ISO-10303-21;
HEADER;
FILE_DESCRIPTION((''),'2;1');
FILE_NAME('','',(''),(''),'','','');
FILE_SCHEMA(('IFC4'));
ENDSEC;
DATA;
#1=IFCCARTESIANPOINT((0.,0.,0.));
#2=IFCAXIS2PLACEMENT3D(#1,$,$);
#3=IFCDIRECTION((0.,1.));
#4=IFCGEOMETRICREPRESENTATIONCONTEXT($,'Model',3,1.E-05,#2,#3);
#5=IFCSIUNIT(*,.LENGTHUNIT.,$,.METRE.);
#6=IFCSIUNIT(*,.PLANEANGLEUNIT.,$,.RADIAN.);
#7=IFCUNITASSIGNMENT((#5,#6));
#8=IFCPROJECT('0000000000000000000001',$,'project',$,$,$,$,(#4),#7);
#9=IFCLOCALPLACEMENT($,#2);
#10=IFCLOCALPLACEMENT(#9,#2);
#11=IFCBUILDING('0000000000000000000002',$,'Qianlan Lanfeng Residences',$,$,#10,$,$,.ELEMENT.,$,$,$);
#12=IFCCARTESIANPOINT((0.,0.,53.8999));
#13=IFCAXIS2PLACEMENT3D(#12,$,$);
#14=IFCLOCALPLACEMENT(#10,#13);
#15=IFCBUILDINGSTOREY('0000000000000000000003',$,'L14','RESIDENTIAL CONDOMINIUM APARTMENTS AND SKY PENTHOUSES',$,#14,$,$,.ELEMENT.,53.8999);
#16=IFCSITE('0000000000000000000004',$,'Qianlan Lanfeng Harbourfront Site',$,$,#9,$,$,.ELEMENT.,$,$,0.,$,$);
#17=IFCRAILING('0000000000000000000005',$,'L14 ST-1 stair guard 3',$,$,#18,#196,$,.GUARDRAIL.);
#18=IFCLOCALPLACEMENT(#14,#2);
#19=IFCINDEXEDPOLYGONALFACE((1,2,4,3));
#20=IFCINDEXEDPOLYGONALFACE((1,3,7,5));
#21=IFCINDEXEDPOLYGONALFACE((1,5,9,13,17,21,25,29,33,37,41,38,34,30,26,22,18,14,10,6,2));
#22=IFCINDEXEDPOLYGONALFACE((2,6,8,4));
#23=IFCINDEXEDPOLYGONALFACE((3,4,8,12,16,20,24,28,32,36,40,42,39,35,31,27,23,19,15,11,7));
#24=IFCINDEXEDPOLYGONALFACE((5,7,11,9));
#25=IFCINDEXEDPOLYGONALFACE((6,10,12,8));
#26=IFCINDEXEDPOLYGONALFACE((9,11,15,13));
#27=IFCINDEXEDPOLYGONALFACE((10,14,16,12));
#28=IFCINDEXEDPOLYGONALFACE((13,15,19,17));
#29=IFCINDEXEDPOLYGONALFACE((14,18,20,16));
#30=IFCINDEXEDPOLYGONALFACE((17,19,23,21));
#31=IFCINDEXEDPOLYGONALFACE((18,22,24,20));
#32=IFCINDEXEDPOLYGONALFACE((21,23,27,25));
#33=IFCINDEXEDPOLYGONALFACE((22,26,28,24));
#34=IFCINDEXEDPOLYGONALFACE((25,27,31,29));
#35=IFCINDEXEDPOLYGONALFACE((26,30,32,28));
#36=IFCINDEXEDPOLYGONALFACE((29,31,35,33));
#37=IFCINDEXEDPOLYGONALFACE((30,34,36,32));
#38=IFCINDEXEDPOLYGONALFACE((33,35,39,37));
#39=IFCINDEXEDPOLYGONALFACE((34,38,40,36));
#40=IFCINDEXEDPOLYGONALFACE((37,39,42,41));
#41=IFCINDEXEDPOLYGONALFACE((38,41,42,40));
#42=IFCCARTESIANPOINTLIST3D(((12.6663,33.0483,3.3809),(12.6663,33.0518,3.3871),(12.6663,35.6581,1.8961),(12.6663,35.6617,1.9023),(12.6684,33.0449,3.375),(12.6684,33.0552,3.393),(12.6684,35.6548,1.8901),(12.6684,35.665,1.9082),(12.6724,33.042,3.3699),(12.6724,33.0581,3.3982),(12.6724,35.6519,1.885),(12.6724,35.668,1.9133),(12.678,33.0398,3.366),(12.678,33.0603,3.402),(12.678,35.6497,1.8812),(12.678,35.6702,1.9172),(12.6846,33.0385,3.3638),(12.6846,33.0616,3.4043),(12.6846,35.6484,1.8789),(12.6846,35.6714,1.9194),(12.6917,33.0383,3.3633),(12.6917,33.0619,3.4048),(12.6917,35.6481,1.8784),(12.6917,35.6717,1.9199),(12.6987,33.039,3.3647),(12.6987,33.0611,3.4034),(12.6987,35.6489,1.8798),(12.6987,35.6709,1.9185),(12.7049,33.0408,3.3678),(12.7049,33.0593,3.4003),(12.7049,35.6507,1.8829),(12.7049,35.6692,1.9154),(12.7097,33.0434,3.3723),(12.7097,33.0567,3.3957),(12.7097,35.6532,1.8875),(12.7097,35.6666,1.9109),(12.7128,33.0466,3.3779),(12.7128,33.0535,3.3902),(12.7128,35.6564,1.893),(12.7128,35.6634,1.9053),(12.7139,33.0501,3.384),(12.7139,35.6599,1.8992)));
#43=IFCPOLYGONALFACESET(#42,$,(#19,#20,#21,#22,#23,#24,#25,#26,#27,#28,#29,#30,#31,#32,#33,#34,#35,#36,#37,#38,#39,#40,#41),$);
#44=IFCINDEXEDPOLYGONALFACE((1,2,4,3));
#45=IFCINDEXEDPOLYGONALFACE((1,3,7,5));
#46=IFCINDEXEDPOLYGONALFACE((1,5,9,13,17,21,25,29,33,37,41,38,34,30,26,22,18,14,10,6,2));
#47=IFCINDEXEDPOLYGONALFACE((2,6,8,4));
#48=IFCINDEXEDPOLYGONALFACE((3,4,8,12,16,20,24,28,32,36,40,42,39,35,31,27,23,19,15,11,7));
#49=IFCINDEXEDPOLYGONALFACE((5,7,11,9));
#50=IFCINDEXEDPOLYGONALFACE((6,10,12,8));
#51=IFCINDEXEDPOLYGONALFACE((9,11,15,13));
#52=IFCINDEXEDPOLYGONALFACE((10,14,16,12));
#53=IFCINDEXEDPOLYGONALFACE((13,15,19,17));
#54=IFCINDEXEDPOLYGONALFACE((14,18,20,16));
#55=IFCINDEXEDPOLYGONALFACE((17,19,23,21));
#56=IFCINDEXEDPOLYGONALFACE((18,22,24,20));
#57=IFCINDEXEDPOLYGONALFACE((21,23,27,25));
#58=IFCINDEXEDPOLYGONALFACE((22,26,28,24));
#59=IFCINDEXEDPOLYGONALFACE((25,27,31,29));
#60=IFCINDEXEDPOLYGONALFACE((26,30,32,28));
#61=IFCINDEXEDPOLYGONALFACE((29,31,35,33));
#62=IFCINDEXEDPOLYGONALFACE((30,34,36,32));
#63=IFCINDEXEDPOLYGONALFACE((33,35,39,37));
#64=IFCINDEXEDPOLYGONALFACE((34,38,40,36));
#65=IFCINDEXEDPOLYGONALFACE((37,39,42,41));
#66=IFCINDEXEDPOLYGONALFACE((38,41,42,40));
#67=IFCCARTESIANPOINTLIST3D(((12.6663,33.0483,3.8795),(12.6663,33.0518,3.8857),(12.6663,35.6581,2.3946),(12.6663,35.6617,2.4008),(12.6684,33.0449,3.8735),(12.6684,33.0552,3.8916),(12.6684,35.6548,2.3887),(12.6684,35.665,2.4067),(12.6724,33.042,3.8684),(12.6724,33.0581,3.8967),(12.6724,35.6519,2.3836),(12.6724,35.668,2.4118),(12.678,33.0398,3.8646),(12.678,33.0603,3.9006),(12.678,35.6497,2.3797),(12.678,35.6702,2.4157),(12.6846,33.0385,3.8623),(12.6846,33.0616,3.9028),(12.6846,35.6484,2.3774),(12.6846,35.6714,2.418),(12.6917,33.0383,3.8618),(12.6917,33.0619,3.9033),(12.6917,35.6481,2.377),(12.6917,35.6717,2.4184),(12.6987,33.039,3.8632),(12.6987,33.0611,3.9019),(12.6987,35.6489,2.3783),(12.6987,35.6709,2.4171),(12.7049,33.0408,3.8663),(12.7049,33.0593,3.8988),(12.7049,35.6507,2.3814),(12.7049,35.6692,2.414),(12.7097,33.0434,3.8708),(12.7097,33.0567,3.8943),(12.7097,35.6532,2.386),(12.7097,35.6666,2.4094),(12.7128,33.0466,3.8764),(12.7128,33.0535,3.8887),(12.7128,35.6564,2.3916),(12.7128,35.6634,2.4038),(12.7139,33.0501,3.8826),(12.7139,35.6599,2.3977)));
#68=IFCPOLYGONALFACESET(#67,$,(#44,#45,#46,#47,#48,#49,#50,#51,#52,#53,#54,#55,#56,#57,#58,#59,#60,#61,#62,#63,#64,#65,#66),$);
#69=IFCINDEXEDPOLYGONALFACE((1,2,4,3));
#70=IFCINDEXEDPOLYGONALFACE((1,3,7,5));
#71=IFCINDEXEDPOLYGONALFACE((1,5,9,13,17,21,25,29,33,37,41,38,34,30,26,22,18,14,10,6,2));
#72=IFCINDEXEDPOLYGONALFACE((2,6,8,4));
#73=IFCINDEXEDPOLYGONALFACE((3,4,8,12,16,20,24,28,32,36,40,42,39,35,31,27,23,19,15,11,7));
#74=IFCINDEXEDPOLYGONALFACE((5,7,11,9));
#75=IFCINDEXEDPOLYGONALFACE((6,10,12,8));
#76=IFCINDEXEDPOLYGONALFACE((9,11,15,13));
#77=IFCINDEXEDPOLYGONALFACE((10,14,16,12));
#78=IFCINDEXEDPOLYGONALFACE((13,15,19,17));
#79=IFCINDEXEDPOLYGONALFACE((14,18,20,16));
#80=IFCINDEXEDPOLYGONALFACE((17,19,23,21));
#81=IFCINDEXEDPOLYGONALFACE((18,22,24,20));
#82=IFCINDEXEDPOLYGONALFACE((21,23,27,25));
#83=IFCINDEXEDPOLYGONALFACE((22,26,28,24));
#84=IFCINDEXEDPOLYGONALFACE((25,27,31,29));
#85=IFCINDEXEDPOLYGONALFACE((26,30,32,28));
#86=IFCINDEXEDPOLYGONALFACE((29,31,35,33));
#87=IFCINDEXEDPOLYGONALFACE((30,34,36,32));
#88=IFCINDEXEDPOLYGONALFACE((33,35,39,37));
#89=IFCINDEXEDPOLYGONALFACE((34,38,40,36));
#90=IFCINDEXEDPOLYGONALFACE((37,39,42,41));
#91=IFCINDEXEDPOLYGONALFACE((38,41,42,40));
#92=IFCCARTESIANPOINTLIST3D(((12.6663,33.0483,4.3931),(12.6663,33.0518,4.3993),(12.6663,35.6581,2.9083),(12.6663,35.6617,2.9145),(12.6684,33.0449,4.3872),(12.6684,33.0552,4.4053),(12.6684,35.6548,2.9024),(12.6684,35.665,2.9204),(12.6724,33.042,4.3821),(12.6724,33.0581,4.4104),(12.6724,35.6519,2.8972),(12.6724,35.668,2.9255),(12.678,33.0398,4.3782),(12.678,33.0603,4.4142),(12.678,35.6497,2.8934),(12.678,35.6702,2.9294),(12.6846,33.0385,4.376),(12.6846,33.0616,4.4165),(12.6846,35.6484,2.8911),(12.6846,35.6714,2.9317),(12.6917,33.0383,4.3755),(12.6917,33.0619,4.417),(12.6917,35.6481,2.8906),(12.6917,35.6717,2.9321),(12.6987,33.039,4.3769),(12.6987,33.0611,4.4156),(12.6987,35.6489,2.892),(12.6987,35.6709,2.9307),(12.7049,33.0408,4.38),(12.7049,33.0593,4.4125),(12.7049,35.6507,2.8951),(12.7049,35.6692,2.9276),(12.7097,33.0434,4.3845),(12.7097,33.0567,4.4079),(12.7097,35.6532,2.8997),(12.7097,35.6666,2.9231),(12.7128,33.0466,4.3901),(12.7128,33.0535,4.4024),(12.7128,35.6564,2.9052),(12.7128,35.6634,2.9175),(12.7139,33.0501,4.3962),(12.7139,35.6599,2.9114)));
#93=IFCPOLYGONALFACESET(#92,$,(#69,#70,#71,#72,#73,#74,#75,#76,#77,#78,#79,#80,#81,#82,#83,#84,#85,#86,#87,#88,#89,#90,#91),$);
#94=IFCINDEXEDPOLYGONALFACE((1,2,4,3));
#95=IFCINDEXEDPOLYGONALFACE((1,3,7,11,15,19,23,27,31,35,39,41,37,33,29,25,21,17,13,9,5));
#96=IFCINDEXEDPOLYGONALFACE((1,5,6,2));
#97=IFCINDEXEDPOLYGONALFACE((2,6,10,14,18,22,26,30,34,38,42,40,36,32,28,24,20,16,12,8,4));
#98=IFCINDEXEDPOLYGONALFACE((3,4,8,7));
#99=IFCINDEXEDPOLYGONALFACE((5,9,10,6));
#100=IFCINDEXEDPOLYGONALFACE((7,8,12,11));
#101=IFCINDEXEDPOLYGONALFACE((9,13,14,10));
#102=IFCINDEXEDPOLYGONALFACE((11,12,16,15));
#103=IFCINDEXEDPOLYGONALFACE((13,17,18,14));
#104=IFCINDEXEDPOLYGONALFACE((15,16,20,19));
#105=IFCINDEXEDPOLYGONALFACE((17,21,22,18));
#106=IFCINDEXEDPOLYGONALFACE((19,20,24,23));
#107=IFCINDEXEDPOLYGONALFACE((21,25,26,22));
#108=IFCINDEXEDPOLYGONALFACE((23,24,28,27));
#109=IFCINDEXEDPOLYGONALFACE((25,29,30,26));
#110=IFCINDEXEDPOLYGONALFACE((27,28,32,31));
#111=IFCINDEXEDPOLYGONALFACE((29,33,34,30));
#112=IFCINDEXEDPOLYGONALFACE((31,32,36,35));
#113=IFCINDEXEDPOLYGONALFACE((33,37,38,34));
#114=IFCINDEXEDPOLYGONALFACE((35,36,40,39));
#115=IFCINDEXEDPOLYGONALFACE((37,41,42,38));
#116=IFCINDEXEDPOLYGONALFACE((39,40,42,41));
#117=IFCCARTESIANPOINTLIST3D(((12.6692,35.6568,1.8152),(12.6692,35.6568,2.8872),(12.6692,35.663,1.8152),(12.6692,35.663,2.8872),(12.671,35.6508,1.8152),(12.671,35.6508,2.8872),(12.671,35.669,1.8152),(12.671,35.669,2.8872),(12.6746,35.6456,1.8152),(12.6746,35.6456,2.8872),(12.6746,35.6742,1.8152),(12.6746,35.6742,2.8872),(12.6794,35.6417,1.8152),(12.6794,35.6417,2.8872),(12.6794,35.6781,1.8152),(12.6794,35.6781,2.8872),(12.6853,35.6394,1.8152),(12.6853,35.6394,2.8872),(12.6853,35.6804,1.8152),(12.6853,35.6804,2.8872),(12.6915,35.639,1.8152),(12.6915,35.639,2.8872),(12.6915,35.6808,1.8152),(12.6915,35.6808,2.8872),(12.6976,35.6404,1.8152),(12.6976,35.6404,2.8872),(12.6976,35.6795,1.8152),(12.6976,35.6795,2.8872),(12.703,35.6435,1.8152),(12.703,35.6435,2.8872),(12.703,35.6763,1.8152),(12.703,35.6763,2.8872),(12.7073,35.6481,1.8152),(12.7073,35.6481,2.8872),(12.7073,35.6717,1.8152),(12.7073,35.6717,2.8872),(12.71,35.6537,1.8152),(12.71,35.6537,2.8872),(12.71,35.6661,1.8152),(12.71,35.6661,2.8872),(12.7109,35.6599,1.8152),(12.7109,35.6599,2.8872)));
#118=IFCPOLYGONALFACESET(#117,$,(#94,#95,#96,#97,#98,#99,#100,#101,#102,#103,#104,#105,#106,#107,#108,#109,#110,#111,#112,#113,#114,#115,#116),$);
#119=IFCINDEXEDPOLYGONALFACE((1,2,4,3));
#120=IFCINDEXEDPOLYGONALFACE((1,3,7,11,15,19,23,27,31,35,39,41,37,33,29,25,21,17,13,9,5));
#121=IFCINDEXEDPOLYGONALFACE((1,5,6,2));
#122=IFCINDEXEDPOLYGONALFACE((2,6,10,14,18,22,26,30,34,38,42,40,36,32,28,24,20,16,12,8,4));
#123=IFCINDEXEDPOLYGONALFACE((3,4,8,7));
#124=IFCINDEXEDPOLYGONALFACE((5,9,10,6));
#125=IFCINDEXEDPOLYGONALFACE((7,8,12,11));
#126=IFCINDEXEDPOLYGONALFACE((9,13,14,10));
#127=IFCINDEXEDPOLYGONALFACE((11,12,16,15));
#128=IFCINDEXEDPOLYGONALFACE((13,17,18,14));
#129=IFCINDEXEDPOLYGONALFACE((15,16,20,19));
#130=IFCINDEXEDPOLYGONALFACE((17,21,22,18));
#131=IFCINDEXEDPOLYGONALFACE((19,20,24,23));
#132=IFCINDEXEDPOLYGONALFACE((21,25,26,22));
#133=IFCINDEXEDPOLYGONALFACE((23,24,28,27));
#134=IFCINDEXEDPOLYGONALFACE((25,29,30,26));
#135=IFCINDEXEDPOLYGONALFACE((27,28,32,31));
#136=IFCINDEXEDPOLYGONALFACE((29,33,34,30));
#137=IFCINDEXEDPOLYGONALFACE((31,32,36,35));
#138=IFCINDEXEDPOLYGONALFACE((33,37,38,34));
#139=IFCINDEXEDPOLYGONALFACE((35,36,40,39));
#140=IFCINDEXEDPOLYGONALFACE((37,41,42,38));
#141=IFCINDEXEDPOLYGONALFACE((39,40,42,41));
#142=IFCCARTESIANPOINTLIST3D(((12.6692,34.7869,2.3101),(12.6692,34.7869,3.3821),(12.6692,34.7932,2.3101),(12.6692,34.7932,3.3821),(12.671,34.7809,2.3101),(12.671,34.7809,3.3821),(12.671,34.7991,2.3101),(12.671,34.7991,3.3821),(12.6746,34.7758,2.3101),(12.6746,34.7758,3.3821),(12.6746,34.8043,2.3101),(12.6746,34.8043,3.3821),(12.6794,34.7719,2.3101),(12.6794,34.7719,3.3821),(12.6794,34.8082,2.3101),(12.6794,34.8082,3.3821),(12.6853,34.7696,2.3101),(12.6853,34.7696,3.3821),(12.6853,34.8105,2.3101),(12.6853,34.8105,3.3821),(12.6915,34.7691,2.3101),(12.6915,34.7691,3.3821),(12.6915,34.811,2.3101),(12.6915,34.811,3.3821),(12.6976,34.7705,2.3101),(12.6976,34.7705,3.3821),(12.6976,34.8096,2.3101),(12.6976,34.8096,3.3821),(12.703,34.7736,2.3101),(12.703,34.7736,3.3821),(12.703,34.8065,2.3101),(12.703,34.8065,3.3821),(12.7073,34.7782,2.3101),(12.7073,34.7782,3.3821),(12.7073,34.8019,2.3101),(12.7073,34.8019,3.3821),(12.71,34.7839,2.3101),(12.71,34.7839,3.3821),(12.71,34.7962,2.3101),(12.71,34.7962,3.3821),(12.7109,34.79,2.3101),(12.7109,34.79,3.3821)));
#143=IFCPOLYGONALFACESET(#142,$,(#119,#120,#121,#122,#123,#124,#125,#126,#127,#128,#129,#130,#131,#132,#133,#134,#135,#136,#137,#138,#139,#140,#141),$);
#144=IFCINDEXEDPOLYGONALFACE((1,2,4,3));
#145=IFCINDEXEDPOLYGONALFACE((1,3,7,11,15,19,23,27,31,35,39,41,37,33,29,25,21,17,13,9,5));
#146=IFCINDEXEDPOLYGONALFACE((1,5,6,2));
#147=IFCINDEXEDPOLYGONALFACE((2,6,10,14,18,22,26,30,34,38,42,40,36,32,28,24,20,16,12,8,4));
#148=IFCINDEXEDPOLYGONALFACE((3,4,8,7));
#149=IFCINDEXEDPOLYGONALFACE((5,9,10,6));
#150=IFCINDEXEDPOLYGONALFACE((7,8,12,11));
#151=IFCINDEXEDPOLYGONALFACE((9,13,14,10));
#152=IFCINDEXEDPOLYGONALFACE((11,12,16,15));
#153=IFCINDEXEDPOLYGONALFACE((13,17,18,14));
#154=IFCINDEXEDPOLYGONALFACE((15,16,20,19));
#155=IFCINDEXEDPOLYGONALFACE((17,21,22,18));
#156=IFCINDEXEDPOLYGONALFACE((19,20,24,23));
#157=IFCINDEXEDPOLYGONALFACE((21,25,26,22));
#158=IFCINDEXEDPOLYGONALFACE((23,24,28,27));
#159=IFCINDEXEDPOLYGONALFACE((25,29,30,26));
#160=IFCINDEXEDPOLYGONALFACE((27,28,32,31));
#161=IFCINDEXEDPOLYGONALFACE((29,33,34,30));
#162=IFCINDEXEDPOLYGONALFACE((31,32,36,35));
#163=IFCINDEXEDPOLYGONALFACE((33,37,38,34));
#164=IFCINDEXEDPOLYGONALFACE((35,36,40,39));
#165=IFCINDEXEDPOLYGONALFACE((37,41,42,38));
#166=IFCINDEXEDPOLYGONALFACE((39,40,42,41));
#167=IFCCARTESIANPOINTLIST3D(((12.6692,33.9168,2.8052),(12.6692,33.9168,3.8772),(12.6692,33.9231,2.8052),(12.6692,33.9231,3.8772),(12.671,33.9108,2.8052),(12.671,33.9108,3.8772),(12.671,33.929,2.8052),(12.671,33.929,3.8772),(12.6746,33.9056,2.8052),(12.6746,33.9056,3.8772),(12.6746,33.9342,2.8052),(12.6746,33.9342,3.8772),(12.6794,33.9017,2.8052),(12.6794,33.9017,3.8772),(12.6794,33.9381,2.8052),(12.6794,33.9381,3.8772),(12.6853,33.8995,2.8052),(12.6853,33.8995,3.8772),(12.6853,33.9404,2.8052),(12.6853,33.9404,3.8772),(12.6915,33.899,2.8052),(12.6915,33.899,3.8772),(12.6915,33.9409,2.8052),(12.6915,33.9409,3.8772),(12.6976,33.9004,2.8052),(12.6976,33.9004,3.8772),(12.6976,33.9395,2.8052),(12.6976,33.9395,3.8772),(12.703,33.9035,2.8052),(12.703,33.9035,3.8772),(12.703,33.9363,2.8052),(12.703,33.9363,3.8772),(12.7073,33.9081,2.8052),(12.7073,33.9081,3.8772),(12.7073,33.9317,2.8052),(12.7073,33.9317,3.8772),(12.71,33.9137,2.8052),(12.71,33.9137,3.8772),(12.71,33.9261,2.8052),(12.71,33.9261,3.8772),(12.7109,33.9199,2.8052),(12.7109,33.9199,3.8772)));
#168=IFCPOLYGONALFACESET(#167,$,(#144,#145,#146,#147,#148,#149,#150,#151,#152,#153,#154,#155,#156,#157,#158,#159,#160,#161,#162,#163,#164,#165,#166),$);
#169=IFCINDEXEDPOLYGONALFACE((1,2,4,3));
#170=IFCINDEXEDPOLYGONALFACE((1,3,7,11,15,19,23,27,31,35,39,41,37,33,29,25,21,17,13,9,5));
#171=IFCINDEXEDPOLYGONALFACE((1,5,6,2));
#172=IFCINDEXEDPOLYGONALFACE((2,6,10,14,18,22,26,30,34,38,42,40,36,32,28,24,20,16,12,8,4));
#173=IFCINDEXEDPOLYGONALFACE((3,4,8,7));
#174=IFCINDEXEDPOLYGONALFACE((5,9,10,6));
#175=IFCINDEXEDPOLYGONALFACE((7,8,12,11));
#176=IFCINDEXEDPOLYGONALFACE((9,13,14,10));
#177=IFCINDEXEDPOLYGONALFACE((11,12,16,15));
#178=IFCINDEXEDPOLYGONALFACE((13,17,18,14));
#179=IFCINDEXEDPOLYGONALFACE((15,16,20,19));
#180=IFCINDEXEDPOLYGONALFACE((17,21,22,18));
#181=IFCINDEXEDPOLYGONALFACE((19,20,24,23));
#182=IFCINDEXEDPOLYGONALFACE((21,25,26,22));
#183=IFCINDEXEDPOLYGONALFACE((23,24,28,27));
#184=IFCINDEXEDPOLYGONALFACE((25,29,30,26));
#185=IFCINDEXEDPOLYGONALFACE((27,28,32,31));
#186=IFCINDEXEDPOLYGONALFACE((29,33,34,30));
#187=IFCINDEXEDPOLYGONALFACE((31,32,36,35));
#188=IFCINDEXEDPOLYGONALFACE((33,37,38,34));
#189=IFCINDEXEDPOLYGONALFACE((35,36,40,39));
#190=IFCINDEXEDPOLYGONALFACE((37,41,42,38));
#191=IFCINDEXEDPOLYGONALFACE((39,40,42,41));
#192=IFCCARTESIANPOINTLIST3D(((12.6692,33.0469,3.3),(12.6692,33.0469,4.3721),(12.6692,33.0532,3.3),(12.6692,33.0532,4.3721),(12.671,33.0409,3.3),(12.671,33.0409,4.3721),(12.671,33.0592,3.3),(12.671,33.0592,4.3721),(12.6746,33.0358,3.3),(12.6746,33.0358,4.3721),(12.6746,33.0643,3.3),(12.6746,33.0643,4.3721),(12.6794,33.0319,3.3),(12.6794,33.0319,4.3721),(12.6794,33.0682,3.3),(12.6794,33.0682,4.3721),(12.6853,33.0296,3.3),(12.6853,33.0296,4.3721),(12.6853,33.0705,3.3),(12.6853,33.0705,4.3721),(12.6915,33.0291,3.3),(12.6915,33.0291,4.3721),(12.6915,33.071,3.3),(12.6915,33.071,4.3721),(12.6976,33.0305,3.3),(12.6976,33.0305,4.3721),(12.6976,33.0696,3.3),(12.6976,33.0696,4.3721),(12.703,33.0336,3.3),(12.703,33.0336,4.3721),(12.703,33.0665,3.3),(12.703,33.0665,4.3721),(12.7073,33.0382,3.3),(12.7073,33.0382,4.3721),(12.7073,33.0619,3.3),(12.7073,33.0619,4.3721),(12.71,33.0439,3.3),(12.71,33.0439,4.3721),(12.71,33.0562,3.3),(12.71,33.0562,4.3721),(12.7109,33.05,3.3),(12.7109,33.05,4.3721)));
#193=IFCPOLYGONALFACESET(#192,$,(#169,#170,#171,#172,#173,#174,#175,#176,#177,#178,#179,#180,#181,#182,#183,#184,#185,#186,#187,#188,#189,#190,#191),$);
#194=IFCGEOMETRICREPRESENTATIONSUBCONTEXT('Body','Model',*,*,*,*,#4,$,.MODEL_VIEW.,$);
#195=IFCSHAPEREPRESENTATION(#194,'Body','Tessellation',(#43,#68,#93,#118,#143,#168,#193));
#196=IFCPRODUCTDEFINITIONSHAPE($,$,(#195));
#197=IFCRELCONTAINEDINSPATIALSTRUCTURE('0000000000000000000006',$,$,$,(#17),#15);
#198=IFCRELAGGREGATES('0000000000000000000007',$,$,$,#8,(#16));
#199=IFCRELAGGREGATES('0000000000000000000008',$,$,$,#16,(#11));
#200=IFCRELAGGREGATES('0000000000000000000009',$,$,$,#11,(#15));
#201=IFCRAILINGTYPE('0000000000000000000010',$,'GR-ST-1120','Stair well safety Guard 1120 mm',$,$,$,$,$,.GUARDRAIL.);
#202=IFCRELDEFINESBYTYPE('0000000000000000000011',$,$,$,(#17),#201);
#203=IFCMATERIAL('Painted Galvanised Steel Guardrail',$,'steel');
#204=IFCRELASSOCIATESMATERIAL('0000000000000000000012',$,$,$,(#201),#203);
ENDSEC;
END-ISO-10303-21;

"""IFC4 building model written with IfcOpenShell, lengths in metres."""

from ifc_helpers import new_model, si_unit, direction, frame, origin, origin_2d, place, context, subcontext, project, spatial, circle, extrude, material, type_object, element, save


model = new_model("IFC4")

# Units and contexts
model_context = context("Model", 3, precision=1e-05, world=origin(), true_north=direction((0.0, 1.0)))
body_context = subcontext(model_context, "Body", "Model", "MODEL_VIEW")
ifc_project = project(units=[si_unit("LENGTHUNIT", "METRE"), si_unit("PLANEANGLEUNIT", "RADIAN")], contexts=[model_context])

# Site, building, storey
site_placement = place(None, origin())
site = spatial("IfcSite", under=ifc_project, at=site_placement, Name="Qianlan Lanfeng Harbourfront Site", CompositionType="ELEMENT", RefElevation=0.0)
building_placement = place(site_placement, origin())
building = spatial("IfcBuilding", under=site, at=building_placement, Name="Qianlan Lanfeng Residences", CompositionType="ELEMENT")
storey_placement = place(building_placement, frame((0.0, 0.0, 53.8999)))
storey = spatial("IfcBuildingStorey", under=building, at=storey_placement, Name="L14", Description="RESIDENTIAL CONDOMINIUM APARTMENTS AND SKY PENTHOUSES", CompositionType="ELEMENT", Elevation=53.8999)

# Railing
ifc_material_1 = material(Name="Painted Galvanised Steel Guardrail", Category="steel")
railing_type_1 = type_object("IfcRailingType", Name="GR-ST-1120", Description="Stair well safety Guard 1120 mm", PredefinedType="GUARDRAIL", material=ifc_material_1)
railing_1_placement = place(storey_placement, frame((12.6899, 35.6599, 1.8152)))
element("IfcRailing", 1, at=railing_1_placement, inside=storey, type_object=railing_type_1, Name="L14 ST-1 stair guard 3", PredefinedType="GUARDRAIL", context=body_context, shape_type="SweptSolid", body=[
    extrude(circle(Radius=0.0239, at=origin_2d()), frame((0.0, 0.0, 0.084), z_axis=(0.0, -0.869172, 0.494509), x_axis=(1.0, 0.0, 0.0)), (0.0, 0.0, 1.0), 3.0027),
    extrude(circle(Radius=0.0239, at=origin_2d()), frame((0.0, 0.0, 0.5825), z_axis=(0.0, -0.869172, 0.494509), x_axis=(1.0, 0.0, 0.0)), (0.0, 0.0, 1.0), 3.0027),
    extrude(circle(Radius=0.0239, at=origin_2d()), frame((0.0, 0.0, 1.0962), z_axis=(0.0, -0.869172, 0.494509), x_axis=(1.0, 0.0, 0.0)), (0.0, 0.0, 1.0), 3.0027),
    extrude(circle(Radius=0.021, at=origin_2d()), origin(), (0.0, 0.0, 1.0), 1.072),
    extrude(circle(Radius=0.021, at=origin_2d()), frame((0.0, -0.8699, 0.4949)), (0.0, 0.0, 1.0), 1.072),
    extrude(circle(Radius=0.021, at=origin_2d()), frame((0.0, -1.74, 0.99)), (0.0, 0.0, 1.0), 1.072),
    extrude(circle(Radius=0.021, at=origin_2d()), frame((0.0, -2.6099, 1.4849)), (0.0, 0.0, 1.0), 1.072),
])

save(model, "model.ifc")
